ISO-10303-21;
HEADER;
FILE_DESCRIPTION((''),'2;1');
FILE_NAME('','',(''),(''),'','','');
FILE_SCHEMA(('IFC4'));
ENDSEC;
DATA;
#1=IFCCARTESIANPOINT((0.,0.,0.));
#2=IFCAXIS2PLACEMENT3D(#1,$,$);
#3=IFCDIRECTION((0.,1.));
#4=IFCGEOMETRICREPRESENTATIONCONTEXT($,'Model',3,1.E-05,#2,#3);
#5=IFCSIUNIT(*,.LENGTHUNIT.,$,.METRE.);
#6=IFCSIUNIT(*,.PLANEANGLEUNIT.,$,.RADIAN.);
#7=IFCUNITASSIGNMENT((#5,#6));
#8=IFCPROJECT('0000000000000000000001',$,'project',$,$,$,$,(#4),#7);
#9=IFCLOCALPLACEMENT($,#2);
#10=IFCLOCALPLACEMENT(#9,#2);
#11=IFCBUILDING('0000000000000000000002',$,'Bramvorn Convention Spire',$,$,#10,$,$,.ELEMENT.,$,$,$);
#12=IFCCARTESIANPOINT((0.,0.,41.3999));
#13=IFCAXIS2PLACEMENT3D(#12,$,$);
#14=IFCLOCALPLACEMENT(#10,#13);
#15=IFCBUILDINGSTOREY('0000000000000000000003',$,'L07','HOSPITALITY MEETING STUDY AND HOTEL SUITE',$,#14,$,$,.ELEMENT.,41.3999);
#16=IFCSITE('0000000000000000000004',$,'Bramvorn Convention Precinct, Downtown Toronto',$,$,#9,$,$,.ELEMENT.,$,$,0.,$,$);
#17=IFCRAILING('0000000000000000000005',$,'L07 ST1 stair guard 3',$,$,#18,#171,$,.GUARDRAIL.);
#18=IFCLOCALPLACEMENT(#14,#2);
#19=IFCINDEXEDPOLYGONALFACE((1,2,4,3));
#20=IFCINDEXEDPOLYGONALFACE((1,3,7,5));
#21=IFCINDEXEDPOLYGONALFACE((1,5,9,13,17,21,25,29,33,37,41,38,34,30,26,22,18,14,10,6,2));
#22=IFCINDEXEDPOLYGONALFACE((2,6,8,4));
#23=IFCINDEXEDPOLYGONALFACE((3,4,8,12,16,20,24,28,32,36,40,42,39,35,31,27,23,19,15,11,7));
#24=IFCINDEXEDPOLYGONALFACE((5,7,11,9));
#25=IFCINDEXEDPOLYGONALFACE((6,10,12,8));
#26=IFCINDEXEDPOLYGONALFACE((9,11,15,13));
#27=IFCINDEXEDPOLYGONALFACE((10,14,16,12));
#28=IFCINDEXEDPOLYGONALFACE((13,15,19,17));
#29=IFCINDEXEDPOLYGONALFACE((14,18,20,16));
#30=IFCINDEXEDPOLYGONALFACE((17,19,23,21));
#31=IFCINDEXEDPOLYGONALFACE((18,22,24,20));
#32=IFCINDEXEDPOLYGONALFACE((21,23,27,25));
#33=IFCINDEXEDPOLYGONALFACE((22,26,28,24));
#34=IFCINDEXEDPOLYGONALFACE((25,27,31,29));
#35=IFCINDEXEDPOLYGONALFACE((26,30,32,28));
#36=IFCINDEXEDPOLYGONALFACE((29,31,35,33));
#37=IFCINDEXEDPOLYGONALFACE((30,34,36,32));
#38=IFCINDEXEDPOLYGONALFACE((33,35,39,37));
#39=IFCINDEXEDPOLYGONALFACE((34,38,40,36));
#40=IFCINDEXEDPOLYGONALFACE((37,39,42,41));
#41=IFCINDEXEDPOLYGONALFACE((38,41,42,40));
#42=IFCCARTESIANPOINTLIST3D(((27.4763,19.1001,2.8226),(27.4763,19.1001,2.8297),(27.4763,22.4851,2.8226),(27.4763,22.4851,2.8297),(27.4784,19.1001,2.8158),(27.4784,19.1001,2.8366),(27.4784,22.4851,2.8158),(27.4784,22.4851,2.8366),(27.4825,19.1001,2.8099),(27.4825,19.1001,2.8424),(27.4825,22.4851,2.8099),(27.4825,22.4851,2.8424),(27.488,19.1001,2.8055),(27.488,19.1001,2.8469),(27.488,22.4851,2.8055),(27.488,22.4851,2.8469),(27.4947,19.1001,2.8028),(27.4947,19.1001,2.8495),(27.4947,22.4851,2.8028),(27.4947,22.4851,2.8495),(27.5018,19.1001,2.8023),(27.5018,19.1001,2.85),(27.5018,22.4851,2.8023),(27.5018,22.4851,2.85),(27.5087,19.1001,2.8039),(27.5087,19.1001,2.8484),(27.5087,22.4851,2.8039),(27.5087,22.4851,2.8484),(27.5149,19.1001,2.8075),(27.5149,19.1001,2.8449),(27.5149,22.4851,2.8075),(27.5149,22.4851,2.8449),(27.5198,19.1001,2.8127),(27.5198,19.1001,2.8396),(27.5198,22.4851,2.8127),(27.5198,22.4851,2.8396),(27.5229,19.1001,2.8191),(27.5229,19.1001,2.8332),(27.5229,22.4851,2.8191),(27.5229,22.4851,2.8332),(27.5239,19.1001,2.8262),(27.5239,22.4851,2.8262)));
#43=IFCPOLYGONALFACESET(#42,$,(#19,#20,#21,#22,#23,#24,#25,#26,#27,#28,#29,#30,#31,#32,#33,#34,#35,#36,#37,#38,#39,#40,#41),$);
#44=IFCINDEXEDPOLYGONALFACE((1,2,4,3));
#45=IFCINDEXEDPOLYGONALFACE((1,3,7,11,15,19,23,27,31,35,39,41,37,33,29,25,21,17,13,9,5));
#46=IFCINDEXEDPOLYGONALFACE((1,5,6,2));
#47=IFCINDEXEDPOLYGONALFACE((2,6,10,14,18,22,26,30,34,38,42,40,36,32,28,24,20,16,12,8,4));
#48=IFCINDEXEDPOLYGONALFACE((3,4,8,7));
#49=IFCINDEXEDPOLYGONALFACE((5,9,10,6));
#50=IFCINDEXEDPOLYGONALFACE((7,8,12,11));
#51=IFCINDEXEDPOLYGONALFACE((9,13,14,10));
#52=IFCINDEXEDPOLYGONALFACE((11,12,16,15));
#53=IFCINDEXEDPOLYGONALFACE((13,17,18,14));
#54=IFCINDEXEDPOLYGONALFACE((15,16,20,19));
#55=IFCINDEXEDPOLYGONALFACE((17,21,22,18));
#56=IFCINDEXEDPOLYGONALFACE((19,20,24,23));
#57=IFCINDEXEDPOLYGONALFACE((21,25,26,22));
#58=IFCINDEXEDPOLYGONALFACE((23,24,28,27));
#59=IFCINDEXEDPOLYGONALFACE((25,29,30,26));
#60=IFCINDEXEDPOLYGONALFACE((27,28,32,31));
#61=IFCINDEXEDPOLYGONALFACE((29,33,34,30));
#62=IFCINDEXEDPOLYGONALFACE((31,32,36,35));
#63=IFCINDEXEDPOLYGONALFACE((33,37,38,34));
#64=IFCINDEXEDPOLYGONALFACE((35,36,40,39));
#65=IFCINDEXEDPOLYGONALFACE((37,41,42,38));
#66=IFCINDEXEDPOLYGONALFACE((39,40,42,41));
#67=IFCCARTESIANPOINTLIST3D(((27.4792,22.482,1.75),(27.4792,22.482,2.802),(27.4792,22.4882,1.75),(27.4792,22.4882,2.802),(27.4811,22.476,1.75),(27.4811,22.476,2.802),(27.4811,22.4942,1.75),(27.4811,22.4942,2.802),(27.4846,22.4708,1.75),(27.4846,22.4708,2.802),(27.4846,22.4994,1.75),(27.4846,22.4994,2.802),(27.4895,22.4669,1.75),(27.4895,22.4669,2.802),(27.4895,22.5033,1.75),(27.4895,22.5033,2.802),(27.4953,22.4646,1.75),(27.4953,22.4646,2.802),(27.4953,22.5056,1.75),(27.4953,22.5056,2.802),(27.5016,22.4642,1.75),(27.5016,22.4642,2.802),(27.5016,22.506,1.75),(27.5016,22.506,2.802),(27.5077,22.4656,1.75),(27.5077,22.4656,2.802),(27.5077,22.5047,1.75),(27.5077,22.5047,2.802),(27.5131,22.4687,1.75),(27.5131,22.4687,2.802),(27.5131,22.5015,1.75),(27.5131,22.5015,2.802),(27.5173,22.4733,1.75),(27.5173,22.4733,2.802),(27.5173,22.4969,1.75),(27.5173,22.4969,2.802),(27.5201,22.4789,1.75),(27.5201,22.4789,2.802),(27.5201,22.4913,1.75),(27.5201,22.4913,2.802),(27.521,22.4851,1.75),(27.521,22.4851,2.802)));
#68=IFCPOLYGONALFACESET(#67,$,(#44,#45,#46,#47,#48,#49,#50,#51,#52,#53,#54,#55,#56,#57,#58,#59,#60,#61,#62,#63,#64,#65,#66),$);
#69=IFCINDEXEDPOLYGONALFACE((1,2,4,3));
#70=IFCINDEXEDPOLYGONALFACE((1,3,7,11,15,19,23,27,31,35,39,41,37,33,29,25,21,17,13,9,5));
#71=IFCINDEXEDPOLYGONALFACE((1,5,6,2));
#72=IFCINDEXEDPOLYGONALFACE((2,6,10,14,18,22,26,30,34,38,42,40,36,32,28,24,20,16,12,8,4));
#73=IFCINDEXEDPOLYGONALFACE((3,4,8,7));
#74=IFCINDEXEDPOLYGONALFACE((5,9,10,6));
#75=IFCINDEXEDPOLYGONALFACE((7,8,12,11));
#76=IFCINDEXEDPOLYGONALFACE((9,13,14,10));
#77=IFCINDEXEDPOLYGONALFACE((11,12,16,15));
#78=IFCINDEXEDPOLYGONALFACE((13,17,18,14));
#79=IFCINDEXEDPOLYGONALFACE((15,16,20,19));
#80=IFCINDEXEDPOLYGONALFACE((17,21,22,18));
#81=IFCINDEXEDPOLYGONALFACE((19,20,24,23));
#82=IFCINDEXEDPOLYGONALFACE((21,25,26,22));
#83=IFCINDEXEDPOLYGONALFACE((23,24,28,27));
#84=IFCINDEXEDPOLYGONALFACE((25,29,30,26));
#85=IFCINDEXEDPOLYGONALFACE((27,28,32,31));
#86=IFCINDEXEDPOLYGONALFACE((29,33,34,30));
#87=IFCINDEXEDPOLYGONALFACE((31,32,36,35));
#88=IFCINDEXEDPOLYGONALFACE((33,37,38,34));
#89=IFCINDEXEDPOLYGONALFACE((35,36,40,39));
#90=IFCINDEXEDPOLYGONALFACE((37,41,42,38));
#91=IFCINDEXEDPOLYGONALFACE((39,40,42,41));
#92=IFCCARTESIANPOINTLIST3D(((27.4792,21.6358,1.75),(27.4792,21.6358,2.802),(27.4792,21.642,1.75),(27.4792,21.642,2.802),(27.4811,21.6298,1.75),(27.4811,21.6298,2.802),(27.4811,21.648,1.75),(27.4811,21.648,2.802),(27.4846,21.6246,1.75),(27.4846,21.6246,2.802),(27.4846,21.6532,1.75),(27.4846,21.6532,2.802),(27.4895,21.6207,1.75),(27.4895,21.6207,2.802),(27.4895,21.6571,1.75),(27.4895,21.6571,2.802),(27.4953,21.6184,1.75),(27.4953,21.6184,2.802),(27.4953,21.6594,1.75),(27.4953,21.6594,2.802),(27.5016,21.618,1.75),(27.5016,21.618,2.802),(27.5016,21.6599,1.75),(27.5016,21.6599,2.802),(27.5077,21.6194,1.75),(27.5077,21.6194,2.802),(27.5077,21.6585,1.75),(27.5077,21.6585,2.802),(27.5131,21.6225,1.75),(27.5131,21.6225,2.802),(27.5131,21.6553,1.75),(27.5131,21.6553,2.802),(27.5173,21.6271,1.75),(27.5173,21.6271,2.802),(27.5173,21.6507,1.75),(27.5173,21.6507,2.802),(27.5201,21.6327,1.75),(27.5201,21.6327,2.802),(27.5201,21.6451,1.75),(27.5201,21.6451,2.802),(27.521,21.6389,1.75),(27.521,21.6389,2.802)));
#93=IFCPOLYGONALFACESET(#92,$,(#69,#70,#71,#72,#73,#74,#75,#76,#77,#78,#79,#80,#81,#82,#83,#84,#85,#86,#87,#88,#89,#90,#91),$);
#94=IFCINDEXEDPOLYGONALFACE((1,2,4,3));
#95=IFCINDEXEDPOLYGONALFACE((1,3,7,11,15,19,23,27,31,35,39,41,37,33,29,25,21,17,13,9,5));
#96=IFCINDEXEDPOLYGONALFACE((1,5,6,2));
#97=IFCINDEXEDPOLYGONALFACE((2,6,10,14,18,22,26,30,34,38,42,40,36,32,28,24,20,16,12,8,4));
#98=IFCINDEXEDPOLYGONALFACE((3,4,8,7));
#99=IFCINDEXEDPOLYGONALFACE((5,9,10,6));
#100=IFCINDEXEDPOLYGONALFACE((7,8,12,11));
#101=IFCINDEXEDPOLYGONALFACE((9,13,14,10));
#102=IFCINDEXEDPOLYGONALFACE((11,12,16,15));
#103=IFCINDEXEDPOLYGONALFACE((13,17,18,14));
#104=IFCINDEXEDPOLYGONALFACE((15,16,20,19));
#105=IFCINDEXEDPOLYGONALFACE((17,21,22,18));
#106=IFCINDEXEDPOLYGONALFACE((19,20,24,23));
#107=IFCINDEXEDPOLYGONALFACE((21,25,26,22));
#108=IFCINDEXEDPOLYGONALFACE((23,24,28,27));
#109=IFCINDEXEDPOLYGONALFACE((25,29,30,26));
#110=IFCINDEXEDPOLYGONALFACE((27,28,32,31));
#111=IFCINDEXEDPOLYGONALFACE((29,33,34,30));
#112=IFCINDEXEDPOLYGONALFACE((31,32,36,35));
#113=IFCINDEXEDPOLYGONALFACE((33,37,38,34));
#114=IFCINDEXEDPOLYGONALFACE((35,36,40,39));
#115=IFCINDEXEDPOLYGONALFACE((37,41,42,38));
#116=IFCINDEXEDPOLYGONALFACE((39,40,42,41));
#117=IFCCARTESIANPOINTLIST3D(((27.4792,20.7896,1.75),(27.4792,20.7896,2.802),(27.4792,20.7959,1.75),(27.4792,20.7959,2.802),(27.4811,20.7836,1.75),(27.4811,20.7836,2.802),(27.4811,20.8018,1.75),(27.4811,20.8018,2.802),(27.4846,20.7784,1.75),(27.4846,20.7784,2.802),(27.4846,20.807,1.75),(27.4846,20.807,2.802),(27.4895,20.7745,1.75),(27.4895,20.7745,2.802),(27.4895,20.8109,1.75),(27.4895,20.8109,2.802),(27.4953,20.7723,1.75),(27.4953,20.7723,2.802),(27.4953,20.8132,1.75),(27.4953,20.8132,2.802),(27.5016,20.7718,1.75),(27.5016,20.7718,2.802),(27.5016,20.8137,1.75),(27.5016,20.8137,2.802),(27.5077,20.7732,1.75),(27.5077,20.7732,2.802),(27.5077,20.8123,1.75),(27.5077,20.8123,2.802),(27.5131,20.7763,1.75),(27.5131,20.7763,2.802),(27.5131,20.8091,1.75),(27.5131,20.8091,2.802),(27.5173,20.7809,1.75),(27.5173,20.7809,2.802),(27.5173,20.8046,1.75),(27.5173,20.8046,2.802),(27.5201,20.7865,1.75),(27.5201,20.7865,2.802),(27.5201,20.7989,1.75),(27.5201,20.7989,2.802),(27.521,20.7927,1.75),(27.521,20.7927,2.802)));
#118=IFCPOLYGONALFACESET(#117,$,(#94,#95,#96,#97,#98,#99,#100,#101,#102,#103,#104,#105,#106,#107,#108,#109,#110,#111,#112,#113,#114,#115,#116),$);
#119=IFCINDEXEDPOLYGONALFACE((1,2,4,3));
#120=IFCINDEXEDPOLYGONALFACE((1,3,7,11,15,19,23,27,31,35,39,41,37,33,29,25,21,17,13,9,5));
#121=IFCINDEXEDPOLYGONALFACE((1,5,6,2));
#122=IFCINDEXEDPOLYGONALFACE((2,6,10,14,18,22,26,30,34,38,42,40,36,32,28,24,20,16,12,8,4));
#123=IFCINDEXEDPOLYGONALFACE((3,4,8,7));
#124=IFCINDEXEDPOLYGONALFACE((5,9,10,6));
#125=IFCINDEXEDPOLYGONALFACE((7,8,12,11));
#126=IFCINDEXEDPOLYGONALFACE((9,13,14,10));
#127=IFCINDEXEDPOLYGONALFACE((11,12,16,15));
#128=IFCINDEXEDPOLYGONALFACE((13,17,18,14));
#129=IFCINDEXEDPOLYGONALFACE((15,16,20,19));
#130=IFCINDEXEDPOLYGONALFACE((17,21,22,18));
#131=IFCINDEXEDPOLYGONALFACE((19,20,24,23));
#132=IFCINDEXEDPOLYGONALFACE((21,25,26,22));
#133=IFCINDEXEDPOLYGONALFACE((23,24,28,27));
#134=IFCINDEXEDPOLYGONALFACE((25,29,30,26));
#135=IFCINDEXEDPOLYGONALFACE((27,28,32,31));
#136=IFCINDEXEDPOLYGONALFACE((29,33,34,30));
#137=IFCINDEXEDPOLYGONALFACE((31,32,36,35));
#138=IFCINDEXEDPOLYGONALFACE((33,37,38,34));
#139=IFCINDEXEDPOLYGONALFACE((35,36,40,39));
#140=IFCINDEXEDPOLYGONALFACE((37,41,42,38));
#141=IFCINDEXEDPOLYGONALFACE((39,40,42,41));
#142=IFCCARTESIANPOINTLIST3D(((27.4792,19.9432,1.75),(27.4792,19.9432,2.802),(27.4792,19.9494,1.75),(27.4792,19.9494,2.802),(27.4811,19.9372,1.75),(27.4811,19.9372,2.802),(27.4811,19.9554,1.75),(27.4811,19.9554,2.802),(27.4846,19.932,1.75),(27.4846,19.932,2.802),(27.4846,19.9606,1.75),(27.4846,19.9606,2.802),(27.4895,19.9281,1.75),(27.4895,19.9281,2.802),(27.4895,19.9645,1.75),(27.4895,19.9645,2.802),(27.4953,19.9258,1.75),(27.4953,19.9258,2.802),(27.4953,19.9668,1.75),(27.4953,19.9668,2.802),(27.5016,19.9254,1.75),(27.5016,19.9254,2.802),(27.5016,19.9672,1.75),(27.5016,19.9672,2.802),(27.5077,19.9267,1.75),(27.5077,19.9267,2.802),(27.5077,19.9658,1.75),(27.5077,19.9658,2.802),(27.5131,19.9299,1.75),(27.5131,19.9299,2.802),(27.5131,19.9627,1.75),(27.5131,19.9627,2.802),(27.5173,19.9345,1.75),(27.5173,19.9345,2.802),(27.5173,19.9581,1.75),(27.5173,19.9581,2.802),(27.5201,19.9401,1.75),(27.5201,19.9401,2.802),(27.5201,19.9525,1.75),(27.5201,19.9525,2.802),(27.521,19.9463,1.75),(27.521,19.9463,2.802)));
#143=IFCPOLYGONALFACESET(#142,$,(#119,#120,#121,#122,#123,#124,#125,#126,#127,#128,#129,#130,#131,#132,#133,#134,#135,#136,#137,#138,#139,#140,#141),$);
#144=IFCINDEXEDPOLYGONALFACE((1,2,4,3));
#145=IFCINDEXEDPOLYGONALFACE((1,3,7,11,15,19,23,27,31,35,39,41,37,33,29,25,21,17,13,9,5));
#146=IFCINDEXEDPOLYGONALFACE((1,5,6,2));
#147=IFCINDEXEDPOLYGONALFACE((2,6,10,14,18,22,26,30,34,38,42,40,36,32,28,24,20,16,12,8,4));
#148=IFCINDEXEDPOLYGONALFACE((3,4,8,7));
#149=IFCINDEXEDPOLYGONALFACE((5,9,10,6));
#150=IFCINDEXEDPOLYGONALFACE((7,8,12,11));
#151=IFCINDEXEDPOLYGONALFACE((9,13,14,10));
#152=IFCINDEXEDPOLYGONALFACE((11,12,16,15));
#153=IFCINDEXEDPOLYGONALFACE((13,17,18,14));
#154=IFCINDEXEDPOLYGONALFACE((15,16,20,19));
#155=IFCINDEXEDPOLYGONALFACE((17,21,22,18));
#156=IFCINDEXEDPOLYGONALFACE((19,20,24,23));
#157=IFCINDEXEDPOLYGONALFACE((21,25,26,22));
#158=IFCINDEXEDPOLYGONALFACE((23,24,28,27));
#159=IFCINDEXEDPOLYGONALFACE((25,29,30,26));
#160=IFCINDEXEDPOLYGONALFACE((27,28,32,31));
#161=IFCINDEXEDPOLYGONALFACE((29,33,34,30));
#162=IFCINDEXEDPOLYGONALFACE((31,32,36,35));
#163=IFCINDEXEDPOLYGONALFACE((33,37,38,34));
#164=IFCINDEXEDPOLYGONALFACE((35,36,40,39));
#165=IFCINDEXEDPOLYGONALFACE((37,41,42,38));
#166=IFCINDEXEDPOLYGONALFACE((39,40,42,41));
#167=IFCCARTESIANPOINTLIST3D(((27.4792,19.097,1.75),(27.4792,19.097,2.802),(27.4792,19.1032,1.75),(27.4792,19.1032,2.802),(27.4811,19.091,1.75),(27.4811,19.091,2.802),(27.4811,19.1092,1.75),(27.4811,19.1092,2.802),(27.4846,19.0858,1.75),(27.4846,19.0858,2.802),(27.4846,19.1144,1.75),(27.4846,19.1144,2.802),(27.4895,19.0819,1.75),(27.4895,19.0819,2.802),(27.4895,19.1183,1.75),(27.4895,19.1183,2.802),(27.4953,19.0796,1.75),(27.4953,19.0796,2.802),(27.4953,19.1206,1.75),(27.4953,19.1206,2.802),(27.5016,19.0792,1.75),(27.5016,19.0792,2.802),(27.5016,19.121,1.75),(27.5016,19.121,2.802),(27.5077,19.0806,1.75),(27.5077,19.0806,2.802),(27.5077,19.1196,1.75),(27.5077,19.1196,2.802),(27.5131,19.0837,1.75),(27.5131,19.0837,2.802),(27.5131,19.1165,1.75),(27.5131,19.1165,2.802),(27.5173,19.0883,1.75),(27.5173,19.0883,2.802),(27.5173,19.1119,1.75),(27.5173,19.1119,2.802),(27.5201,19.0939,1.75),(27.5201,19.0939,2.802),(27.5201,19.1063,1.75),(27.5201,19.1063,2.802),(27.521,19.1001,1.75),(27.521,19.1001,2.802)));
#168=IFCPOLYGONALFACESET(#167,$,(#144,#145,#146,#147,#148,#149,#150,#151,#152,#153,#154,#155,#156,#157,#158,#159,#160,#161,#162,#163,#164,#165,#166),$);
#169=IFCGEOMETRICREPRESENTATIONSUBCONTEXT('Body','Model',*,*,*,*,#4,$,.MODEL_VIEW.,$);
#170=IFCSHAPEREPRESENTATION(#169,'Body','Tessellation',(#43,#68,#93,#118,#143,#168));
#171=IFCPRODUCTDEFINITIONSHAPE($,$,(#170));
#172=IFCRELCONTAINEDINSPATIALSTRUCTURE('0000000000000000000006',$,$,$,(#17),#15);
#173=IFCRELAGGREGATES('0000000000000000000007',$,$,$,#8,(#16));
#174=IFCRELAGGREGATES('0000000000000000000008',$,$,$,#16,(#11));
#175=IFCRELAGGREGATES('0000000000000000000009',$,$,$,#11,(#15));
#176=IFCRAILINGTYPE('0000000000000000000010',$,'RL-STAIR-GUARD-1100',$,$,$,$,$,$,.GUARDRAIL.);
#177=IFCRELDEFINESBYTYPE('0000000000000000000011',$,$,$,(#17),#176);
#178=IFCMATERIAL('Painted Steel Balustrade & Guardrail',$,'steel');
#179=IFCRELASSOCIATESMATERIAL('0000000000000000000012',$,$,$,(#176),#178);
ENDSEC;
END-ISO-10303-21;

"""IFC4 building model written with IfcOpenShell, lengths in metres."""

from ifc_helpers import new_model, si_unit, direction, frame, origin, origin_2d, place, context, subcontext, project, spatial, circle, extrude, material, type_object, element, save


model = new_model("IFC4")

# Units and contexts
model_context = context("Model", 3, precision=1e-05, world=origin(), true_north=direction((0.0, 1.0)))
body_context = subcontext(model_context, "Body", "Model", "MODEL_VIEW")
ifc_project = project(units=[si_unit("LENGTHUNIT", "METRE"), si_unit("PLANEANGLEUNIT", "RADIAN")], contexts=[model_context])

# Site, building, storey
site_placement = place(None, origin())
site = spatial("IfcSite", under=ifc_project, at=site_placement, Name="Bramvorn Convention Precinct, Downtown Toronto", CompositionType="ELEMENT", RefElevation=0.0)
building_placement = place(site_placement, origin())
building = spatial("IfcBuilding", under=site, at=building_placement, Name="Bramvorn Convention Spire", CompositionType="ELEMENT")
storey_placement = place(building_placement, frame((0.0, 0.0, 41.3999)))
storey = spatial("IfcBuildingStorey", under=building, at=storey_placement, Name="L07", Description="HOSPITALITY MEETING STUDY AND HOTEL SUITE", CompositionType="ELEMENT", Elevation=41.3999)

# Railing
ifc_material_1 = material(Name="Painted Steel Balustrade & Guardrail", Category="steel")
railing_type_1 = type_object("IfcRailingType", Name="RL-STAIR-GUARD-1100", PredefinedType="GUARDRAIL", material=ifc_material_1)
for number, where, name in (
    (1, (27.5, 22.4851, 1.75), "L07 ST1 stair guard 3"),
):
    element("IfcRailing", number, at=place(storey_placement, frame(where)), inside=storey, type_object=railing_type_1, Name=name, PredefinedType="GUARDRAIL", context=body_context, shape_type="SweptSolid", body=[
        extrude(circle(Radius=0.0239, at=origin_2d()), frame((0.0, 0.0, 1.0762), z_axis=(0.0, -1.0, 0.0), x_axis=(1.0, 0.0, 0.0)), (0.0, 0.0, 1.0), 3.385),
        extrude(circle(Radius=0.021, at=origin_2d()), origin(), (0.0, 0.0, 1.0), 1.052),
        extrude(circle(Radius=0.021, at=origin_2d()), frame((0.0, -0.8462, 0.0)), (0.0, 0.0, 1.0), 1.052),
        extrude(circle(Radius=0.021, at=origin_2d()), frame((0.0, -1.6924, 0.0)), (0.0, 0.0, 1.0), 1.052),
        extrude(circle(Radius=0.021, at=origin_2d()), frame((0.0, -2.5388, 0.0)), (0.0, 0.0, 1.0), 1.052),
        extrude(circle(Radius=0.021, at=origin_2d()), frame((0.0, -3.385, 0.0)), (0.0, 0.0, 1.0), 1.052),
    ])

save(model, "model.ifc")
